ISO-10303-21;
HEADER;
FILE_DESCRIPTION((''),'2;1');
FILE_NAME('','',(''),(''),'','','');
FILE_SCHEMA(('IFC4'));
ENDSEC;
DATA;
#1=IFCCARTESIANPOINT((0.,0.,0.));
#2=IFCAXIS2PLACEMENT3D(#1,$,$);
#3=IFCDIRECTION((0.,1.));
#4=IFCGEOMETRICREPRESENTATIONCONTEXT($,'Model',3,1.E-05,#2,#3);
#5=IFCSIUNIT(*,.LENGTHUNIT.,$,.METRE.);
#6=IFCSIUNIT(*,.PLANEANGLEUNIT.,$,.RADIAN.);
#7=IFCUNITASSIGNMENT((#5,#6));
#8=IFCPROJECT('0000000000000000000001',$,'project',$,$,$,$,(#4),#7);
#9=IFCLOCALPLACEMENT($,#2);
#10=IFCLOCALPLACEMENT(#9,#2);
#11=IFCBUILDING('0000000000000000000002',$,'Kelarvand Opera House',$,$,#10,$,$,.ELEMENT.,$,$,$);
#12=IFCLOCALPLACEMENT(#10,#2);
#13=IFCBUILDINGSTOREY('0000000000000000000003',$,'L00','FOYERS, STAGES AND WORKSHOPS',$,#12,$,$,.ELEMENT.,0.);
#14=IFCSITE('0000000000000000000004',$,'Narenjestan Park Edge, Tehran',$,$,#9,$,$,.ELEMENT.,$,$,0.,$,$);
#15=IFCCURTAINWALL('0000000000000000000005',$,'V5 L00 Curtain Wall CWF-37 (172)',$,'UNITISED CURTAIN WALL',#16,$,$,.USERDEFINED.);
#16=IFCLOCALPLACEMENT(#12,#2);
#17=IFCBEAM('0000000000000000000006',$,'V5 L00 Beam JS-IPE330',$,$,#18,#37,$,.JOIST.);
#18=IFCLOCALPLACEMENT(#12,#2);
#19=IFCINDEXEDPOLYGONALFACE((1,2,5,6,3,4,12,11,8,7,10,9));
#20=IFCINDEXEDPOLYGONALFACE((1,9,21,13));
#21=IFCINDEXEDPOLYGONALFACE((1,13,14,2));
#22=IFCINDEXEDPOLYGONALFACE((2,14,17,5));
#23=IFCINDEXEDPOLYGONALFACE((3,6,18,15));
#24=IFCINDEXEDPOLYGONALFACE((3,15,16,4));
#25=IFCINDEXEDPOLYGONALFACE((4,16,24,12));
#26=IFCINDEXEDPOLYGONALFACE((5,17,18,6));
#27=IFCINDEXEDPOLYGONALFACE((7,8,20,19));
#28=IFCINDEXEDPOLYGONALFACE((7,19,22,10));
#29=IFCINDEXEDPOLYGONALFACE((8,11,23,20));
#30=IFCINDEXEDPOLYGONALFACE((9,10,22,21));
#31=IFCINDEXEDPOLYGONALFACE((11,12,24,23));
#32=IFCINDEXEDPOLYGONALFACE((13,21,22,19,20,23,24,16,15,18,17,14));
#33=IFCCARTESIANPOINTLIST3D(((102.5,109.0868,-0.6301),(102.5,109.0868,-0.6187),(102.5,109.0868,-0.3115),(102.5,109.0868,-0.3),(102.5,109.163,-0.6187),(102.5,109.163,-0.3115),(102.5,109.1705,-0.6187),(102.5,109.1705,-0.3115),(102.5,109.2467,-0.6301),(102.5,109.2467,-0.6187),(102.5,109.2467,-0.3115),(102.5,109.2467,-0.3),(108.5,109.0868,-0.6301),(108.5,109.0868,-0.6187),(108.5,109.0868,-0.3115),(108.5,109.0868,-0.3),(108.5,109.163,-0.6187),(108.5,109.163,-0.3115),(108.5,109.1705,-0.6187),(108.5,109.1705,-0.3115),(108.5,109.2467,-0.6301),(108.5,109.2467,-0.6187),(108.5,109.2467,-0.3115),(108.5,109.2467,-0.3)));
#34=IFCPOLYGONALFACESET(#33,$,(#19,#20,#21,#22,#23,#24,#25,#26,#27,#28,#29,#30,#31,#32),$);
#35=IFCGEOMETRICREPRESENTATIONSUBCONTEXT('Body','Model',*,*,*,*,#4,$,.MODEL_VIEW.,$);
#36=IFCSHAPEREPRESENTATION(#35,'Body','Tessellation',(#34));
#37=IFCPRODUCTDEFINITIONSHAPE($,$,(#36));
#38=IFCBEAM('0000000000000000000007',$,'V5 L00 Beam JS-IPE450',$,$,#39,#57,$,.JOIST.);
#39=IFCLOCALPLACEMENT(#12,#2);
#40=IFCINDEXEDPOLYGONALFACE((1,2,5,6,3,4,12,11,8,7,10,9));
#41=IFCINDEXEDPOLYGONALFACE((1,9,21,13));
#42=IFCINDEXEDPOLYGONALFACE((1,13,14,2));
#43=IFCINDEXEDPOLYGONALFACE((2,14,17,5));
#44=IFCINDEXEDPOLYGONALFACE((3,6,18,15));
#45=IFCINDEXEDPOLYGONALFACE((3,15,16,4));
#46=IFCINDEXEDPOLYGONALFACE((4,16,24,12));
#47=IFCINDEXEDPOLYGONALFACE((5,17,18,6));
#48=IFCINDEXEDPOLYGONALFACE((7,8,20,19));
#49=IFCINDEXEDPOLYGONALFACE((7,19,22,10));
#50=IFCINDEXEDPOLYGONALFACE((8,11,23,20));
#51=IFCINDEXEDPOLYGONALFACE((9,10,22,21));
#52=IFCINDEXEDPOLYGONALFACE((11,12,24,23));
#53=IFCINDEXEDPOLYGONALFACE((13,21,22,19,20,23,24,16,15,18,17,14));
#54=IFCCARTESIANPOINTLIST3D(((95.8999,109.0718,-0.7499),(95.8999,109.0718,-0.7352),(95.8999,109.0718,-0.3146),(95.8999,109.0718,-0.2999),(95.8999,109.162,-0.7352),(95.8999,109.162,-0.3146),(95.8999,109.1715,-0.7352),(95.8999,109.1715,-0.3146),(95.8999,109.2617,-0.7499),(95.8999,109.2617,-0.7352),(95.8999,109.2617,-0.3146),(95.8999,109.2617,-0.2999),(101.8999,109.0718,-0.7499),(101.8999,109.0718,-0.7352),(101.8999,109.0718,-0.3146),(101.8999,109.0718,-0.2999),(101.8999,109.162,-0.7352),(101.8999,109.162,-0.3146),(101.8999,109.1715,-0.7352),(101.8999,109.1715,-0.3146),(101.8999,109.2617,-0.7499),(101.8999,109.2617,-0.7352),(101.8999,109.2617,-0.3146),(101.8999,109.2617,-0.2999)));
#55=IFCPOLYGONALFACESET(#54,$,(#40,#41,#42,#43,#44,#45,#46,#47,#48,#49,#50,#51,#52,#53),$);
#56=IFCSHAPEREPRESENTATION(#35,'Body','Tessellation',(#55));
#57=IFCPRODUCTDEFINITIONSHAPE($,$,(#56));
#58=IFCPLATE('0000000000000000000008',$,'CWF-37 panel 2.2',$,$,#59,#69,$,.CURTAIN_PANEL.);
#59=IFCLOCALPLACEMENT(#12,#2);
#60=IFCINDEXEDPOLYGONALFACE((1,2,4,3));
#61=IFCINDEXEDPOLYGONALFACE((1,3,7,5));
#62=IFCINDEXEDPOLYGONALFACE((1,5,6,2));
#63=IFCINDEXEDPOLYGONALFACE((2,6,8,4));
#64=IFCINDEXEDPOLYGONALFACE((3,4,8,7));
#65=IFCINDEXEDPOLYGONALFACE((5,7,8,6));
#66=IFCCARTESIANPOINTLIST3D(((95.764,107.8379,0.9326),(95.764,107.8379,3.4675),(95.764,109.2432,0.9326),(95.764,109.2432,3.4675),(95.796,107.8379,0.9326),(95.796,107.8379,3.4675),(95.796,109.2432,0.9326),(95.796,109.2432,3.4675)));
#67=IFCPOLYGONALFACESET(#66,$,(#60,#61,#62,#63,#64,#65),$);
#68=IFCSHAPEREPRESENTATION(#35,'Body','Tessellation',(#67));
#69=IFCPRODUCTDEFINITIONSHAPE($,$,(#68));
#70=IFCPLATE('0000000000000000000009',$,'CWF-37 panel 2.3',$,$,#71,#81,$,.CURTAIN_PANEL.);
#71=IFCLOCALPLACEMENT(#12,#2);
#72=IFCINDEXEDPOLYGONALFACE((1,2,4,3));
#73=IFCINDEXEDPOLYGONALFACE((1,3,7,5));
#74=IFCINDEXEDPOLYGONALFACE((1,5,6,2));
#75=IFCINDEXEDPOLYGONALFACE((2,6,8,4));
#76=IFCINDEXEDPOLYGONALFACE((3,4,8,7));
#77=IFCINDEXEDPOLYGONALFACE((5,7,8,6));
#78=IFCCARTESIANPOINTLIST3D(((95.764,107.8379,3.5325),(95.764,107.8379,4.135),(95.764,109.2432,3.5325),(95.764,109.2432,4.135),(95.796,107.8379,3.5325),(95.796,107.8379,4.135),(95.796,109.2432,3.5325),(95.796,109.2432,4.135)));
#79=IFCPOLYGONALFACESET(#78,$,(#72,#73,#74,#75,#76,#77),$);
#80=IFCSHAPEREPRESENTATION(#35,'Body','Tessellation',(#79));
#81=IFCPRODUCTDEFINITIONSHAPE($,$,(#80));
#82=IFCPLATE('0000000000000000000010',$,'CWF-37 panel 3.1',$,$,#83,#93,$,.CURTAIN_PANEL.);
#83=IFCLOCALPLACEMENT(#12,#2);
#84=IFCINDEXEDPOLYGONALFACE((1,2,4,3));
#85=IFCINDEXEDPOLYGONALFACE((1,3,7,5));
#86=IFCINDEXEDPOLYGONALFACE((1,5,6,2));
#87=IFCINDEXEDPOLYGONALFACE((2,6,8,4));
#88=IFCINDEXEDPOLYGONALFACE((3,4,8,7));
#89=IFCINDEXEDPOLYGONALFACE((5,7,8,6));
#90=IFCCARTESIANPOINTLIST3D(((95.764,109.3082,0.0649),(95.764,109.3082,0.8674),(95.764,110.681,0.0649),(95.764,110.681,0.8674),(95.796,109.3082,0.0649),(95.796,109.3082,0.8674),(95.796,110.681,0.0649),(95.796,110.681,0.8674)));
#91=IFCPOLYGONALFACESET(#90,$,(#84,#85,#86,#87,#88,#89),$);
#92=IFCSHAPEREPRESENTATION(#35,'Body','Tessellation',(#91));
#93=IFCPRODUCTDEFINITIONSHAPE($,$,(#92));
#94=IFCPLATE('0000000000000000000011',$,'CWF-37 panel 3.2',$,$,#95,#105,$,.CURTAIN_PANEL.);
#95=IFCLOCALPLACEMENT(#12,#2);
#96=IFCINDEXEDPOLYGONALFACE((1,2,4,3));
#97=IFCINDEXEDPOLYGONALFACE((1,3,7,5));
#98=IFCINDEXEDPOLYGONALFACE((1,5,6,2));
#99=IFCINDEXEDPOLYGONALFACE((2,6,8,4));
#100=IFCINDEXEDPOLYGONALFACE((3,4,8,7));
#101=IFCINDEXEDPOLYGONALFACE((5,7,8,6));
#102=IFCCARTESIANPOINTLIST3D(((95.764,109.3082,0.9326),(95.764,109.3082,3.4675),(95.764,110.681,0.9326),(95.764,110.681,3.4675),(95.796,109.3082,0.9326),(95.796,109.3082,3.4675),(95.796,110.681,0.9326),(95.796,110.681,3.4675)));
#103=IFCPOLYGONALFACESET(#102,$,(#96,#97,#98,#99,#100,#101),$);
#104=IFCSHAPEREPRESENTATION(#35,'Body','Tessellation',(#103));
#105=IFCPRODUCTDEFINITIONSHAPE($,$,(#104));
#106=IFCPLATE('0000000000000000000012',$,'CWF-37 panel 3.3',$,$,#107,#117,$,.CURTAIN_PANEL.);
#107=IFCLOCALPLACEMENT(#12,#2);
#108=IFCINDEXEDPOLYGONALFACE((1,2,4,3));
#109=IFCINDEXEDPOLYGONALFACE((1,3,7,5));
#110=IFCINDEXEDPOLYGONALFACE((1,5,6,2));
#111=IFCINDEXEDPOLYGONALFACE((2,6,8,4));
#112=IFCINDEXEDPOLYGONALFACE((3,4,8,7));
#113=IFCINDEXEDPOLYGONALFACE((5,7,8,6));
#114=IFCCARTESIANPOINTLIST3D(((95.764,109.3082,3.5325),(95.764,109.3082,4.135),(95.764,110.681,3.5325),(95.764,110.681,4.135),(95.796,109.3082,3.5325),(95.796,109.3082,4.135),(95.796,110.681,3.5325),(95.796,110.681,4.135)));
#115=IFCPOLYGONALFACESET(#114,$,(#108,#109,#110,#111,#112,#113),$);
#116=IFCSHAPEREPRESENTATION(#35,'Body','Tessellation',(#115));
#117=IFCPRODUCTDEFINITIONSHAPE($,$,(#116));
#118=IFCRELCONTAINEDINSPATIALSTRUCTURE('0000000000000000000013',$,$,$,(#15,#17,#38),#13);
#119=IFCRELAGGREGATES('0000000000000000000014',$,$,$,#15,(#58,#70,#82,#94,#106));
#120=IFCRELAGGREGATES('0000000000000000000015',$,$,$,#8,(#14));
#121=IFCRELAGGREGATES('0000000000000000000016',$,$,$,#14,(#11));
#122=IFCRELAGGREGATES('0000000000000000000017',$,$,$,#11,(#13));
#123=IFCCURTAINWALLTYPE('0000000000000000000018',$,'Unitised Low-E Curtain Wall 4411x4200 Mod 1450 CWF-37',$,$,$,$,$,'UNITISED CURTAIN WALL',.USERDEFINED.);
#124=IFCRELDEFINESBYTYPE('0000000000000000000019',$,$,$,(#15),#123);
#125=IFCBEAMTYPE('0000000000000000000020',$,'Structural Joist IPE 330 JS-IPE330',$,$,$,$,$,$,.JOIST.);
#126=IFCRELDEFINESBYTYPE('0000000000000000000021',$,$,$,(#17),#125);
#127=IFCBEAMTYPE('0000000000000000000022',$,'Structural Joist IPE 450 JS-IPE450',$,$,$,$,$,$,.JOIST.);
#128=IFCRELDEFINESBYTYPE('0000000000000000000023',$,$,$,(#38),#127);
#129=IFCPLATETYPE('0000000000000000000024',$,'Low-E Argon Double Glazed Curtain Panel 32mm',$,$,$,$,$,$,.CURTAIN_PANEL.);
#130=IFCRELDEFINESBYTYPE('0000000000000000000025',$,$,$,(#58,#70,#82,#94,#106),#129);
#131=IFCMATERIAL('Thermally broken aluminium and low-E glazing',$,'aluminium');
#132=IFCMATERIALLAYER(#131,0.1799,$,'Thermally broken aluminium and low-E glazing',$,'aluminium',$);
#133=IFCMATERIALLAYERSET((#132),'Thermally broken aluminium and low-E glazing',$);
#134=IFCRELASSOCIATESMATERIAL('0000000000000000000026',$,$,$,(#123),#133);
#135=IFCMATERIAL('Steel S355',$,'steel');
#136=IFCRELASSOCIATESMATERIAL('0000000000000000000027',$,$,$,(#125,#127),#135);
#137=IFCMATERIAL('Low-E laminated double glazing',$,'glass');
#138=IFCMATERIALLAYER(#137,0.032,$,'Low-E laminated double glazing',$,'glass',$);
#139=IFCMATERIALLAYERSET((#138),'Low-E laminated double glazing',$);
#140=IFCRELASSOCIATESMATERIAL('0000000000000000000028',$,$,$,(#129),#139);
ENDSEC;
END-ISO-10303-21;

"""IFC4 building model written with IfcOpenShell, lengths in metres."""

from ifc_helpers import new_model, si_unit, direction, frame, origin, origin_2d, place, context, subcontext, project, spatial, rectangle, i_section, extrude, material, layer, layer_set, material_profile, profile_set, type_object, element, aggregate, save


model = new_model("IFC4")

# Units and contexts
model_context = context("Model", 3, precision=1e-05, world=origin(), true_north=direction((0.0, 1.0)))
body_context = subcontext(model_context, "Body", "Model", "MODEL_VIEW")
ifc_project = project(units=[si_unit("LENGTHUNIT", "METRE"), si_unit("PLANEANGLEUNIT", "RADIAN")], contexts=[model_context])

# Site, building, storey
site_placement = place(None, origin())
site = spatial("IfcSite", under=ifc_project, at=site_placement, Name="Narenjestan Park Edge, Tehran", CompositionType="ELEMENT", RefElevation=0.0)
building_placement = place(site_placement, origin())
building = spatial("IfcBuilding", under=site, at=building_placement, Name="Kelarvand Opera House", CompositionType="ELEMENT")
storey_placement = place(building_placement, origin())
storey = spatial("IfcBuildingStorey", under=building, at=storey_placement, Name="L00", Description="FOYERS, STAGES AND WORKSHOPS", CompositionType="ELEMENT", Elevation=0.0)

# Curtain wall
ifc_material_1 = material(Name="Thermally broken aluminium and low-E glazing", Category="aluminium")
ifc_layer_1 = layer(ifc_material_1, 0.1799, Name="Thermally broken aluminium and low-E glazing", Category="aluminium")
ifc_layer_set_1 = layer_set([ifc_layer_1], Name="Thermally broken aluminium and low-E glazing")
curtain_wall_type = type_object("IfcCurtainWallType", Name="Unitised Low-E Curtain Wall 4411x4200 Mod 1450 CWF-37", ElementType="UNITISED CURTAIN WALL", PredefinedType="USERDEFINED", material=ifc_layer_set_1)
curtain_wall_1_placement = place(storey_placement, origin())
curtain_wall_1 = element("IfcCurtainWall", 1, at=curtain_wall_1_placement, inside=storey, type_object=curtain_wall_type, Name="V5 L00 Curtain Wall CWF-37 (172)", ObjectType="UNITISED CURTAIN WALL", PredefinedType="USERDEFINED")

# Beams
ifc_material_2 = material(Name="Steel S355", Category="steel")
ifc_material_profile_1 = material_profile(ifc_material_2, i_section(OverallWidth=0.1599, OverallDepth=0.3301, WebThickness=0.0076, FlangeThickness=0.0115, at=origin_2d()), Name="IPE 330", Category="steel")
ifc_profile_set_1 = profile_set([ifc_material_profile_1], Name="Steel S355")
beam_type_1 = type_object("IfcBeamType", Name="Structural Joist IPE 330 JS-IPE330", PredefinedType="JOIST", material=ifc_profile_set_1)
beam_1_placement = place(storey_placement, frame((102.5, 109.1667, -0.4651), z_axis=(1.0, 0.0, 0.0), x_axis=(0.0, 1.0, 0.0)))
element("IfcBeam", 2, at=beam_1_placement, inside=storey, type_object=beam_type_1, Name="V5 L00 Beam JS-IPE330", PredefinedType="JOIST", context=body_context, shape_type="SweptSolid", body=[
    extrude(i_section(OverallWidth=0.1599, OverallDepth=0.3301, WebThickness=0.0076, FlangeThickness=0.0115, at=origin_2d()), origin(), (0.0, 0.0, 1.0), 6.0),
])
ifc_material_profile_2 = material_profile(ifc_material_2, i_section(OverallWidth=0.1899, OverallDepth=0.45, WebThickness=0.0095, FlangeThickness=0.0146, at=origin_2d()), Name="IPE 450", Category="steel")
ifc_profile_set_2 = profile_set([ifc_material_profile_2], Name="Steel S355")
beam_type_2 = type_object("IfcBeamType", Name="Structural Joist IPE 450 JS-IPE450", PredefinedType="JOIST", material=ifc_profile_set_2)
beam_2_placement = place(storey_placement, frame((95.8999, 109.1667, -0.5249), z_axis=(1.0, 0.0, 0.0), x_axis=(0.0, 1.0, 0.0)))
element("IfcBeam", 3, at=beam_2_placement, inside=storey, type_object=beam_type_2, Name="V5 L00 Beam JS-IPE450", PredefinedType="JOIST", context=body_context, shape_type="SweptSolid", body=[
    extrude(i_section(OverallWidth=0.1899, OverallDepth=0.45, WebThickness=0.0095, FlangeThickness=0.0146, at=origin_2d()), origin(), (0.0, 0.0, 1.0), 6.0),
])

# Plates
ifc_material_3 = material(Name="Low-E laminated double glazing", Category="glass")
ifc_layer_2 = layer(ifc_material_3, 0.032, Name="Low-E laminated double glazing", Category="glass")
ifc_layer_set_2 = layer_set([ifc_layer_2], Name="Low-E laminated double glazing")
plate_type = type_object("IfcPlateType", Name="Low-E Argon Double Glazed Curtain Panel 32mm", PredefinedType="CURTAIN_PANEL", material=ifc_layer_set_2)
plate_1_placement = place(storey_placement, frame((95.78, 108.5405, 0.9326), z_axis=(0.0, 0.0, 1.0), x_axis=(0.0, 1.0, 0.0)))
plate_1 = element("IfcPlate", 4, at=plate_1_placement, type_object=plate_type, Name="CWF-37 panel 2.2", PredefinedType="CURTAIN_PANEL", context=body_context, shape_type="SweptSolid", body=[
    extrude(rectangle(XDim=1.4053, YDim=0.032, at=origin_2d()), origin(), (0.0, 0.0, 1.0), 2.5349),
])
plate_2_placement = place(storey_placement, frame((95.78, 108.5405, 3.5325), z_axis=(0.0, 0.0, 1.0), x_axis=(0.0, 1.0, 0.0)))
plate_2 = element("IfcPlate", 5, at=plate_2_placement, type_object=plate_type, Name="CWF-37 panel 2.3", PredefinedType="CURTAIN_PANEL", context=body_context, shape_type="SweptSolid", body=[
    extrude(rectangle(XDim=1.4053, YDim=0.032, at=origin_2d()), origin(), (0.0, 0.0, 1.0), 0.6025),
])
plate_3_placement = place(storey_placement, frame((95.78, 109.9946, 0.0649), z_axis=(0.0, 0.0, 1.0), x_axis=(0.0, 1.0, 0.0)))
plate_3 = element("IfcPlate", 6, at=plate_3_placement, type_object=plate_type, Name="CWF-37 panel 3.1", PredefinedType="CURTAIN_PANEL", context=body_context, shape_type="SweptSolid", body=[
    extrude(rectangle(XDim=1.3728, YDim=0.032, at=origin_2d()), origin(), (0.0, 0.0, 1.0), 0.8025),
])
plate_4_placement = place(storey_placement, frame((95.78, 109.9946, 0.9326), z_axis=(0.0, 0.0, 1.0), x_axis=(0.0, 1.0, 0.0)))
plate_4 = element("IfcPlate", 7, at=plate_4_placement, type_object=plate_type, Name="CWF-37 panel 3.2", PredefinedType="CURTAIN_PANEL", context=body_context, shape_type="SweptSolid", body=[
    extrude(rectangle(XDim=1.3728, YDim=0.032, at=origin_2d()), origin(), (0.0, 0.0, 1.0), 2.5349),
])
plate_5_placement = place(storey_placement, frame((95.78, 109.9946, 3.5325), z_axis=(0.0, 0.0, 1.0), x_axis=(0.0, 1.0, 0.0)))
plate_5 = element("IfcPlate", 8, at=plate_5_placement, type_object=plate_type, Name="CWF-37 panel 3.3", PredefinedType="CURTAIN_PANEL", context=body_context, shape_type="SweptSolid", body=[
    extrude(rectangle(XDim=1.3728, YDim=0.032, at=origin_2d()), origin(), (0.0, 0.0, 1.0), 0.6025),
])
aggregate(curtain_wall_1, [plate_1, plate_2, plate_3, plate_4, plate_5])

save(model, "model.ifc")
